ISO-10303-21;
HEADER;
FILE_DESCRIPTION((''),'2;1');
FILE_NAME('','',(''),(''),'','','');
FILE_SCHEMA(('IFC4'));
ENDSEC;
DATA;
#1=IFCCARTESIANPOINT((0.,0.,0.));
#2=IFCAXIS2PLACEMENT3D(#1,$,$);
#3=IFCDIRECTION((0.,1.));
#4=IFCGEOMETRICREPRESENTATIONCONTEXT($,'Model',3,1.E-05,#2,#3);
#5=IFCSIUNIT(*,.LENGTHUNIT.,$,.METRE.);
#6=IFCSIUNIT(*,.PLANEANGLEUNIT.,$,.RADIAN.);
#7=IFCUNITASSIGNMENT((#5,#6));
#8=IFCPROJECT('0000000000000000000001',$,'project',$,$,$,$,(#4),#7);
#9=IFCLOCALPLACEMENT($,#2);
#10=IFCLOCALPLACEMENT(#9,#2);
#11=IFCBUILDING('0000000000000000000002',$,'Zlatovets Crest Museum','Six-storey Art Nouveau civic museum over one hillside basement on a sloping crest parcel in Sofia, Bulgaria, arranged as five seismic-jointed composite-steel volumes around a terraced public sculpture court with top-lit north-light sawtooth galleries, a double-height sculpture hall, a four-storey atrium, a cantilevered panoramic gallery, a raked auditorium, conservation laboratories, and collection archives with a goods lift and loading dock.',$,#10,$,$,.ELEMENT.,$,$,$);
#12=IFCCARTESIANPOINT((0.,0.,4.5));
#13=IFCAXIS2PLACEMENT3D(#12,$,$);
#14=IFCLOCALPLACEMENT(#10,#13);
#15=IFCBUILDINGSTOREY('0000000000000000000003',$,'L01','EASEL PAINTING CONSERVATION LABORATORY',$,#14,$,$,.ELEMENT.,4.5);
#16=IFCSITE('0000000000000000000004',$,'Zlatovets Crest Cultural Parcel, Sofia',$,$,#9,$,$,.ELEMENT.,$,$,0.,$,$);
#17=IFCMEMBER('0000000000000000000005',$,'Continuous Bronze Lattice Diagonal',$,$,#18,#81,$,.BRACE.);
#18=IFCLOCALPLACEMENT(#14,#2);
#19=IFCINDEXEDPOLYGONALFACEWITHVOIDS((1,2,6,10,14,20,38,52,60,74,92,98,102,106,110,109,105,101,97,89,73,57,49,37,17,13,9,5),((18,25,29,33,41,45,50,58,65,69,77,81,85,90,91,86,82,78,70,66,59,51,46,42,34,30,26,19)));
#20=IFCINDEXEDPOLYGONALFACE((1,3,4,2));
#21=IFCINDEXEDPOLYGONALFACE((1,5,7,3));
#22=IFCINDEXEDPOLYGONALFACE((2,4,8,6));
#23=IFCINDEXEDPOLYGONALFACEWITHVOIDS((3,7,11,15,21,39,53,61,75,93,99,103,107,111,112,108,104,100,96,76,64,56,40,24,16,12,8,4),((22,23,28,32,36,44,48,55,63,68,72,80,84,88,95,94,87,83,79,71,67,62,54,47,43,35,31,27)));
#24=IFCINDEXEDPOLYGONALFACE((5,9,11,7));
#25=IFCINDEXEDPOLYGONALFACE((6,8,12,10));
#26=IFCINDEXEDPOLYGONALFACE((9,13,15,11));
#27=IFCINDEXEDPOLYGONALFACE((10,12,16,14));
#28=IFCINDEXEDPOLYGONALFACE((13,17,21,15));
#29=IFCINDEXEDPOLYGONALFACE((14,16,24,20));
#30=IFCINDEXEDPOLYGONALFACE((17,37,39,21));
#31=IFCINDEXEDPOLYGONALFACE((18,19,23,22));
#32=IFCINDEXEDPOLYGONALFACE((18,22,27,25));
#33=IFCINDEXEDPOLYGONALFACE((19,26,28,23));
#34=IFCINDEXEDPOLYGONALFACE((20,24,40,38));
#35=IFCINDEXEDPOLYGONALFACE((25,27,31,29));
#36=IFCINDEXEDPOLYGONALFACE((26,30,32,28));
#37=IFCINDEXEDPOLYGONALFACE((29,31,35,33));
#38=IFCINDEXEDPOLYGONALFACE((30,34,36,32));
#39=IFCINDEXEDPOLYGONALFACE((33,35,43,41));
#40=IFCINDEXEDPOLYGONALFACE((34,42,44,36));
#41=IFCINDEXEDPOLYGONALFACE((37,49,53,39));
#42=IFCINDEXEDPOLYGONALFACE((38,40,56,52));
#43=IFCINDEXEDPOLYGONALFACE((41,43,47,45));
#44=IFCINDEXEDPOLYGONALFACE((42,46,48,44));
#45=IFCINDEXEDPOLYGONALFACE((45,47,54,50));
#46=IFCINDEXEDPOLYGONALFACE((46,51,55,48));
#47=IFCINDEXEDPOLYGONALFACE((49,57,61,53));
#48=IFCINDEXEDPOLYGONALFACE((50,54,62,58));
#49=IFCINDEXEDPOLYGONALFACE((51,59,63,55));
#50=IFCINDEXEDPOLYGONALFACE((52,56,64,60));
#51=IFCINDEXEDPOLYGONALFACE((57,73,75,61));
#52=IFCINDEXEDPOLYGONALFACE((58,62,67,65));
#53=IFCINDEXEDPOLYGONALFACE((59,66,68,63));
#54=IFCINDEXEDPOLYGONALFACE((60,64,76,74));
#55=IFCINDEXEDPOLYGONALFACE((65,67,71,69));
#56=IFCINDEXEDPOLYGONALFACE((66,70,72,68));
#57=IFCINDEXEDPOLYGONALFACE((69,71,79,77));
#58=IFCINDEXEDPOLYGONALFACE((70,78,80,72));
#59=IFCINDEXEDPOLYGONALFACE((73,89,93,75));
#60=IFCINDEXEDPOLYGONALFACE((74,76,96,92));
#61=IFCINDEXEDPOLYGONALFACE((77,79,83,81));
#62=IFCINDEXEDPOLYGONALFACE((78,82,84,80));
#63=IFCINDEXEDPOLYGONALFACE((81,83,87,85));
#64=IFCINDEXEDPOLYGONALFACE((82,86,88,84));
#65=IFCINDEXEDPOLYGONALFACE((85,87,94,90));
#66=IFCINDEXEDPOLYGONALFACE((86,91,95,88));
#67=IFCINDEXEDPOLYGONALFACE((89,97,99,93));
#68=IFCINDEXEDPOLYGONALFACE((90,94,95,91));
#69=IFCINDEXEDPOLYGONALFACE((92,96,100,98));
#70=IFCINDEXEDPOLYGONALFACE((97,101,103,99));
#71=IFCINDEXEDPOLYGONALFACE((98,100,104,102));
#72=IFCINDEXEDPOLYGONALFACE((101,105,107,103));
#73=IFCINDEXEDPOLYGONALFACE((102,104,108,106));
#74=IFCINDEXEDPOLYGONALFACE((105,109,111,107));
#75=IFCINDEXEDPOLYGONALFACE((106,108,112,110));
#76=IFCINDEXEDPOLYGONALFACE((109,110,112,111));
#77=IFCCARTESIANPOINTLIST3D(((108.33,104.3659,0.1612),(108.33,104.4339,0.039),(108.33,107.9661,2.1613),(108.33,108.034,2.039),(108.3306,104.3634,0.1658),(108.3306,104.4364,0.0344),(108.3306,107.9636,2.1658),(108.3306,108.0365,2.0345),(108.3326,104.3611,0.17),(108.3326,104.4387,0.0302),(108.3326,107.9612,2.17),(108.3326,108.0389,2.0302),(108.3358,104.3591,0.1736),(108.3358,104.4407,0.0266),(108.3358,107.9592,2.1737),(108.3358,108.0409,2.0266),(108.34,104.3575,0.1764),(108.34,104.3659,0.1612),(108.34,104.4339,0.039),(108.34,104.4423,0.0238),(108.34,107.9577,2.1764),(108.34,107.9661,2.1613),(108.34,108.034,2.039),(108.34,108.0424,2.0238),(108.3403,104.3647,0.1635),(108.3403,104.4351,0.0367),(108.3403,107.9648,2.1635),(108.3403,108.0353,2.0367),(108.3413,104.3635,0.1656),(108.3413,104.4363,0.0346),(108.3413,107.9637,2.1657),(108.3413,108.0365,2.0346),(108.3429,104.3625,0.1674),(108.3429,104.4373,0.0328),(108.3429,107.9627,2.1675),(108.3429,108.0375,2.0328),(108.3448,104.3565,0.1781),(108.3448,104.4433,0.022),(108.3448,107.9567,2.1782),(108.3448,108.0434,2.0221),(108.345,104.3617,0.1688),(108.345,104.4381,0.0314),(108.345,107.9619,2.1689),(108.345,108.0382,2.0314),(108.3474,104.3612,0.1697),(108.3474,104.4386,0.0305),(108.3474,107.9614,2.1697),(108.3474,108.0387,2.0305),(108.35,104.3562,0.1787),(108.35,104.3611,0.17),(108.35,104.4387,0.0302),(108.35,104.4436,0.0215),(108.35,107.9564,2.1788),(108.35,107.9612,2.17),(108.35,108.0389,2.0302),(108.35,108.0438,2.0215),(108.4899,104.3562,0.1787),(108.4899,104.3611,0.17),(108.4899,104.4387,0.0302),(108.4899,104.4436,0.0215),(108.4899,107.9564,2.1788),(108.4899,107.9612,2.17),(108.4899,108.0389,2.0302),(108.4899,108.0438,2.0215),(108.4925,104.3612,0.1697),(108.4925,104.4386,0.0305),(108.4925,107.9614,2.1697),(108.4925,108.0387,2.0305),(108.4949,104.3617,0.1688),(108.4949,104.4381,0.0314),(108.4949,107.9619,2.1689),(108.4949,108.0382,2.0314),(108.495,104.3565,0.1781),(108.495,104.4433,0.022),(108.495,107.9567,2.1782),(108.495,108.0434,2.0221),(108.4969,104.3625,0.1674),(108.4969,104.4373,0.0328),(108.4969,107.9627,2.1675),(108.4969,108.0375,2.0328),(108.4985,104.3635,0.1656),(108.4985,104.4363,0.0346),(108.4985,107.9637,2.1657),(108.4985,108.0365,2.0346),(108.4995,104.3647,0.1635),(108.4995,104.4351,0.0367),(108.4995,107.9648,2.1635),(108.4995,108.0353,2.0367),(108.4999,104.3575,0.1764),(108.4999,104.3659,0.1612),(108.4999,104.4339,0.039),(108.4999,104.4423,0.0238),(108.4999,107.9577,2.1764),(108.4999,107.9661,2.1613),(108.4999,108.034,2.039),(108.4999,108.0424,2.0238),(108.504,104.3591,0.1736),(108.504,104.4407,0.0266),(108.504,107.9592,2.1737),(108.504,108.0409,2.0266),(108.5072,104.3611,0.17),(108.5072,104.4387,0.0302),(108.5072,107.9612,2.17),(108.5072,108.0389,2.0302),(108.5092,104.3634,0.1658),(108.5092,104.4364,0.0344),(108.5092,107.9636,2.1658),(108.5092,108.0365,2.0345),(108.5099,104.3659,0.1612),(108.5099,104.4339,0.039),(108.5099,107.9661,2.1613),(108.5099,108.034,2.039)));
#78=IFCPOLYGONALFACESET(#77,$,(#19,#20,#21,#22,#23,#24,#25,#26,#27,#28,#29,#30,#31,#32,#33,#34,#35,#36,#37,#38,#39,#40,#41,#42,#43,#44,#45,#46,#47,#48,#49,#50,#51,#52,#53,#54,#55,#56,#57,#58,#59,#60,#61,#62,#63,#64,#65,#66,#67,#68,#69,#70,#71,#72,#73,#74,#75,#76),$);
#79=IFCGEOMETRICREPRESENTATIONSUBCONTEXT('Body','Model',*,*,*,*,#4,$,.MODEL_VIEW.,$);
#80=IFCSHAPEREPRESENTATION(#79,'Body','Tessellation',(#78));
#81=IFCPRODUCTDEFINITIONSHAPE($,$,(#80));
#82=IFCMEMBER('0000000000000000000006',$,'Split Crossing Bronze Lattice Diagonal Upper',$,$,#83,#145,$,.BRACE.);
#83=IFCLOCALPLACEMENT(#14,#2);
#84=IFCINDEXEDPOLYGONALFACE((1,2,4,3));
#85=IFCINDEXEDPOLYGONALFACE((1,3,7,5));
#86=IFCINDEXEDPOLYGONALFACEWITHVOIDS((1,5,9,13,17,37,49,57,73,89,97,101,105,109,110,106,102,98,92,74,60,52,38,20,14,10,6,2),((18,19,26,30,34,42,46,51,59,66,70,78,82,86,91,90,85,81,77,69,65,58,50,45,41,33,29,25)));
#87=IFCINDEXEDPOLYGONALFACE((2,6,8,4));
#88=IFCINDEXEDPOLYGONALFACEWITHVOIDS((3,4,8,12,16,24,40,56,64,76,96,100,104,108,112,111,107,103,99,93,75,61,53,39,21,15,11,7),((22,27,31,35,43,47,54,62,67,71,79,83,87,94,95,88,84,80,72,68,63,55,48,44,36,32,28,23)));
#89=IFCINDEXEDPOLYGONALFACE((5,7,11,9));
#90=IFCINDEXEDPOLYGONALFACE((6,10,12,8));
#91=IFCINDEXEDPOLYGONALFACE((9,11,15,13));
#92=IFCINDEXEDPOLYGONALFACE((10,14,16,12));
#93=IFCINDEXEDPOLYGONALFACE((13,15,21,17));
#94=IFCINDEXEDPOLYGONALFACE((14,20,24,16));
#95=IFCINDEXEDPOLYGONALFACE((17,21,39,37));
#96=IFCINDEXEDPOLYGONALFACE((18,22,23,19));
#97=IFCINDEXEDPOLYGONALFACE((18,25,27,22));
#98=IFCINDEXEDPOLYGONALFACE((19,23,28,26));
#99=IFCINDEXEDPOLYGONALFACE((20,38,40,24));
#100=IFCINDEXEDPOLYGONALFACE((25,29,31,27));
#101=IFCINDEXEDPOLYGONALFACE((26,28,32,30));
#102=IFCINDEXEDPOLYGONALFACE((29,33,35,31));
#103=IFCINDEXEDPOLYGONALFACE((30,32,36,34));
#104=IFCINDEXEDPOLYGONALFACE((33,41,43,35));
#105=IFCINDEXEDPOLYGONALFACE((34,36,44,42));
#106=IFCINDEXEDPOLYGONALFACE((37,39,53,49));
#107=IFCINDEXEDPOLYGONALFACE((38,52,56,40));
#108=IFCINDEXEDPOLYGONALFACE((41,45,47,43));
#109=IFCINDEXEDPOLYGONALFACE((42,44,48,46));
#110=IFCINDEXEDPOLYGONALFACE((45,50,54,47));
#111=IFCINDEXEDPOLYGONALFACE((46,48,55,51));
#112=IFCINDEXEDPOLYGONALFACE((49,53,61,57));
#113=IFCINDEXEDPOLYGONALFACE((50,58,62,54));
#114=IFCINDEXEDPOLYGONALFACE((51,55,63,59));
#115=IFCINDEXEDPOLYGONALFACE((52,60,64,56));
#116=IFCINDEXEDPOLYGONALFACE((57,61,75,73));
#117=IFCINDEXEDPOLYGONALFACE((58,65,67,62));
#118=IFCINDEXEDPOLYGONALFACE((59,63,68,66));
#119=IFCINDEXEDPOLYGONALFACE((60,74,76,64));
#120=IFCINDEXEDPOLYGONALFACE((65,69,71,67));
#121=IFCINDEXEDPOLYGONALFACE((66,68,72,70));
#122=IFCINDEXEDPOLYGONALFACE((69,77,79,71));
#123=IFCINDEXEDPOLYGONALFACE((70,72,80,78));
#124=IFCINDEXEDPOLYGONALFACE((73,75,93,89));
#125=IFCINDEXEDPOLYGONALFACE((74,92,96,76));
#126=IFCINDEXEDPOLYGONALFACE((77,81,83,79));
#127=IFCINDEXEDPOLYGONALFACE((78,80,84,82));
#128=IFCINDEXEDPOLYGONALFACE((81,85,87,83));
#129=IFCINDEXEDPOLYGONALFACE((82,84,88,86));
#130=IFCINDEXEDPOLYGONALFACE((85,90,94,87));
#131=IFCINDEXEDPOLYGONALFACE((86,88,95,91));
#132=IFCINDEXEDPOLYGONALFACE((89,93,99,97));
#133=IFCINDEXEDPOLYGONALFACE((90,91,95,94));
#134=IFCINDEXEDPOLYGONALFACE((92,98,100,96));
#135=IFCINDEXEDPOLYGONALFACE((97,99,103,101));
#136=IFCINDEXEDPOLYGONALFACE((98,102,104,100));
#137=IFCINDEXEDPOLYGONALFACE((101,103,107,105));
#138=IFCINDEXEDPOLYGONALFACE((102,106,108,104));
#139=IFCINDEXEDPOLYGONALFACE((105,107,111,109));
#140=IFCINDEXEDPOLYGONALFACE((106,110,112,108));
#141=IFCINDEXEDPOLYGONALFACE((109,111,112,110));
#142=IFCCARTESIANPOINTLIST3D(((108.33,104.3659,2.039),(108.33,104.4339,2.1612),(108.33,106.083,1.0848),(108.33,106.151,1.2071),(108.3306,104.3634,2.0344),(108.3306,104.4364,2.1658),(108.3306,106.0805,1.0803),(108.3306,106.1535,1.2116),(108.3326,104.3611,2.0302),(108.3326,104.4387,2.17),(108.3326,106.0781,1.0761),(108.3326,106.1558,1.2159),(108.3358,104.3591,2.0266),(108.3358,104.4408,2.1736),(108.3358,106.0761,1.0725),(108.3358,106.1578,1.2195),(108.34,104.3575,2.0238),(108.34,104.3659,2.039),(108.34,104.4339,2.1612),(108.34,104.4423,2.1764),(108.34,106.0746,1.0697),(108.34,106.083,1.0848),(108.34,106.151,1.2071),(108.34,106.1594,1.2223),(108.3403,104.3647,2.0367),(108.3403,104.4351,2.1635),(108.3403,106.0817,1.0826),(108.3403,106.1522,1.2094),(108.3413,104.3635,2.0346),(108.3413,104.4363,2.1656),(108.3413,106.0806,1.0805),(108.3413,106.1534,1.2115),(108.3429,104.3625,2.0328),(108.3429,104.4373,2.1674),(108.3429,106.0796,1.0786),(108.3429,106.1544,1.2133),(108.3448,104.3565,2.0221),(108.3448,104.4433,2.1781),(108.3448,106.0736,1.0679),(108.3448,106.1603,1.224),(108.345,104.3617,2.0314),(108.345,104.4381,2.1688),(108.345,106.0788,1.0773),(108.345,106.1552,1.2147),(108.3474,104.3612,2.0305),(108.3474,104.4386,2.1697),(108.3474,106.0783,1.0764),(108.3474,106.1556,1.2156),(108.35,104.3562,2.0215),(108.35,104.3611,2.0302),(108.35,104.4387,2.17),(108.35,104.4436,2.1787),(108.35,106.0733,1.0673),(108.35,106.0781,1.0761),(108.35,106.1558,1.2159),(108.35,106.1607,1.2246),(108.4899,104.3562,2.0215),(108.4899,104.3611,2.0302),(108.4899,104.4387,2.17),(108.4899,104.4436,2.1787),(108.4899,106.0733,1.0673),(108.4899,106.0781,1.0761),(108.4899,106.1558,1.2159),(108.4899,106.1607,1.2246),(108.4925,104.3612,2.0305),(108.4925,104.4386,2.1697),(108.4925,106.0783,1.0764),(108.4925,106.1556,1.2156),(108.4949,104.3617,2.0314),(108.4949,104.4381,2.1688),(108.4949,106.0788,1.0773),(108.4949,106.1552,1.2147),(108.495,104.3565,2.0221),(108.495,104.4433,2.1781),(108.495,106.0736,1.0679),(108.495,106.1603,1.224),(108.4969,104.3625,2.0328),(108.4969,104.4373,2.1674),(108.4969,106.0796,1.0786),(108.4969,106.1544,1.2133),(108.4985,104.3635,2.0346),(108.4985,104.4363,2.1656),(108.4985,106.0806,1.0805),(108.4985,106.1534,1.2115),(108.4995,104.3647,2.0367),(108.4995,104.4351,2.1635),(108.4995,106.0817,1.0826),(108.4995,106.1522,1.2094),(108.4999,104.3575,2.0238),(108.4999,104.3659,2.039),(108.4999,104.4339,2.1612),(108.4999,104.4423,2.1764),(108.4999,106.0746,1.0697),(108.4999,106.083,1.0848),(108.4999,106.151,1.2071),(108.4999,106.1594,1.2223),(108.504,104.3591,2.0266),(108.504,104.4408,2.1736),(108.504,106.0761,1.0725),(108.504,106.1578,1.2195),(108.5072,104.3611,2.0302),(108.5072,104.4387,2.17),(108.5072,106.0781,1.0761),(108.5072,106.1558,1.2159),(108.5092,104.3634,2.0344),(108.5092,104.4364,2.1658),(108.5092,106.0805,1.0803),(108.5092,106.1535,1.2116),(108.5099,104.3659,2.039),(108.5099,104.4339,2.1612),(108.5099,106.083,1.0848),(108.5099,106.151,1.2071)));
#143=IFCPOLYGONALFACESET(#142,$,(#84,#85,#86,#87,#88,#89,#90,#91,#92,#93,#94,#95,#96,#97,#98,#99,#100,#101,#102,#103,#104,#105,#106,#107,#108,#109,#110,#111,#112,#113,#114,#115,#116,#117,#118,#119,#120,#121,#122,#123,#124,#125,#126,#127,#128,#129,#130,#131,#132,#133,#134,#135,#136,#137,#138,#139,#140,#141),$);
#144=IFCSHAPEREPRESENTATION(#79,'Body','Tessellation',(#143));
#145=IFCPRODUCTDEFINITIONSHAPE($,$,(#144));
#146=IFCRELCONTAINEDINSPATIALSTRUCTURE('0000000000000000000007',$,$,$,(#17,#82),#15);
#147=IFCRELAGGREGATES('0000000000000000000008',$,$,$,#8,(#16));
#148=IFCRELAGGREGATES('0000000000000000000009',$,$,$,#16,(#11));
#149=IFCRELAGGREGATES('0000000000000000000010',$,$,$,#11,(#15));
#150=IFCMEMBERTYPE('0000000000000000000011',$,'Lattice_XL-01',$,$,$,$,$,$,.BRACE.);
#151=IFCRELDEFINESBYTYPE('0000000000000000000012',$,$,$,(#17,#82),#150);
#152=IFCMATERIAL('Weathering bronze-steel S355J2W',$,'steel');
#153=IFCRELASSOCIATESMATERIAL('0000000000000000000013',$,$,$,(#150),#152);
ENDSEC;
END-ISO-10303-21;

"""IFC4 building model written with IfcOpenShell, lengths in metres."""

from ifc_helpers import new_model, si_unit, direction, frame, origin, origin_2d, place, context, subcontext, project, spatial, hollow_rectangle, extrude, material, material_profile, profile_set, type_object, element, save


model = new_model("IFC4")

# Units and contexts
model_context = context("Model", 3, precision=1e-05, world=origin(), true_north=direction((0.0, 1.0)))
body_context = subcontext(model_context, "Body", "Model", "MODEL_VIEW")
ifc_project = project(units=[si_unit("LENGTHUNIT", "METRE"), si_unit("PLANEANGLEUNIT", "RADIAN")], contexts=[model_context])

# Site, building, storey
site_placement = place(None, origin())
site = spatial("IfcSite", under=ifc_project, at=site_placement, Name="Zlatovets Crest Cultural Parcel, Sofia", CompositionType="ELEMENT", RefElevation=0.0)
building_placement = place(site_placement, origin())
building = spatial("IfcBuilding", under=site, at=building_placement, Name="Zlatovets Crest Museum", Description="Six-storey Art Nouveau civic museum over one hillside basement on a sloping crest parcel in Sofia, Bulgaria, arranged as five seismic-jointed composite-steel volumes around a terraced public sculpture court with top-lit north-light sawtooth galleries, a double-height sculpture hall, a four-storey atrium, a cantilevered panoramic gallery, a raked auditorium, conservation laboratories, and collection archives with a goods lift and loading dock.", CompositionType="ELEMENT")
storey_placement = place(building_placement, frame((0.0, 0.0, 4.5)))
storey = spatial("IfcBuildingStorey", under=building, at=storey_placement, Name="L01", Description="EASEL PAINTING CONSERVATION LABORATORY", CompositionType="ELEMENT", Elevation=4.5)

# Members
ifc_material_1 = material(Name="Weathering bronze-steel S355J2W", Category="steel")
ifc_material_profile_1 = material_profile(ifc_material_1, hollow_rectangle(XDim=0.1799, YDim=0.1799, WallThickness=0.01, InnerFilletRadius=0.01, OuterFilletRadius=0.02, at=origin_2d()), Name="SHS 180x180x10.0")
ifc_profile_set_1 = profile_set([ifc_material_profile_1], Name="Weathering bronze-steel S355J2W")
member_type_1 = type_object("IfcMemberType", Name="Lattice_XL-01", PredefinedType="BRACE", material=ifc_profile_set_1)
member_1_placement = place(storey_placement, frame((108.4199, 104.3999, 0.1001), z_axis=(0.0, 0.874163, 0.485633), x_axis=(-1.0, 0.0, 0.0)))
element("IfcMember", 1, at=member_1_placement, inside=storey, type_object=member_type_1, Name="Continuous Bronze Lattice Diagonal", PredefinedType="BRACE", context=body_context, shape_type="SweptSolid", body=[
    extrude(hollow_rectangle(XDim=0.1799, YDim=0.1799, WallThickness=0.01, InnerFilletRadius=0.01, OuterFilletRadius=0.02, at=origin_2d()), origin(), (0.0, 0.0, 1.0), 4.1184),
])
member_2_placement = place(storey_placement, frame((108.4199, 104.3999, 2.1001), z_axis=(0.0, 0.874116, -0.485717), x_axis=(-1.0, 0.0, 0.0)))
element("IfcMember", 2, at=member_2_placement, inside=storey, type_object=member_type_1, Name="Split Crossing Bronze Lattice Diagonal Upper", PredefinedType="BRACE", context=body_context, shape_type="SweptSolid", body=[
    extrude(hollow_rectangle(XDim=0.1799, YDim=0.1799, WallThickness=0.01, InnerFilletRadius=0.01, OuterFilletRadius=0.02, at=origin_2d()), origin(), (0.0, 0.0, 1.0), 1.9644),
])

save(model, "model.ifc")
